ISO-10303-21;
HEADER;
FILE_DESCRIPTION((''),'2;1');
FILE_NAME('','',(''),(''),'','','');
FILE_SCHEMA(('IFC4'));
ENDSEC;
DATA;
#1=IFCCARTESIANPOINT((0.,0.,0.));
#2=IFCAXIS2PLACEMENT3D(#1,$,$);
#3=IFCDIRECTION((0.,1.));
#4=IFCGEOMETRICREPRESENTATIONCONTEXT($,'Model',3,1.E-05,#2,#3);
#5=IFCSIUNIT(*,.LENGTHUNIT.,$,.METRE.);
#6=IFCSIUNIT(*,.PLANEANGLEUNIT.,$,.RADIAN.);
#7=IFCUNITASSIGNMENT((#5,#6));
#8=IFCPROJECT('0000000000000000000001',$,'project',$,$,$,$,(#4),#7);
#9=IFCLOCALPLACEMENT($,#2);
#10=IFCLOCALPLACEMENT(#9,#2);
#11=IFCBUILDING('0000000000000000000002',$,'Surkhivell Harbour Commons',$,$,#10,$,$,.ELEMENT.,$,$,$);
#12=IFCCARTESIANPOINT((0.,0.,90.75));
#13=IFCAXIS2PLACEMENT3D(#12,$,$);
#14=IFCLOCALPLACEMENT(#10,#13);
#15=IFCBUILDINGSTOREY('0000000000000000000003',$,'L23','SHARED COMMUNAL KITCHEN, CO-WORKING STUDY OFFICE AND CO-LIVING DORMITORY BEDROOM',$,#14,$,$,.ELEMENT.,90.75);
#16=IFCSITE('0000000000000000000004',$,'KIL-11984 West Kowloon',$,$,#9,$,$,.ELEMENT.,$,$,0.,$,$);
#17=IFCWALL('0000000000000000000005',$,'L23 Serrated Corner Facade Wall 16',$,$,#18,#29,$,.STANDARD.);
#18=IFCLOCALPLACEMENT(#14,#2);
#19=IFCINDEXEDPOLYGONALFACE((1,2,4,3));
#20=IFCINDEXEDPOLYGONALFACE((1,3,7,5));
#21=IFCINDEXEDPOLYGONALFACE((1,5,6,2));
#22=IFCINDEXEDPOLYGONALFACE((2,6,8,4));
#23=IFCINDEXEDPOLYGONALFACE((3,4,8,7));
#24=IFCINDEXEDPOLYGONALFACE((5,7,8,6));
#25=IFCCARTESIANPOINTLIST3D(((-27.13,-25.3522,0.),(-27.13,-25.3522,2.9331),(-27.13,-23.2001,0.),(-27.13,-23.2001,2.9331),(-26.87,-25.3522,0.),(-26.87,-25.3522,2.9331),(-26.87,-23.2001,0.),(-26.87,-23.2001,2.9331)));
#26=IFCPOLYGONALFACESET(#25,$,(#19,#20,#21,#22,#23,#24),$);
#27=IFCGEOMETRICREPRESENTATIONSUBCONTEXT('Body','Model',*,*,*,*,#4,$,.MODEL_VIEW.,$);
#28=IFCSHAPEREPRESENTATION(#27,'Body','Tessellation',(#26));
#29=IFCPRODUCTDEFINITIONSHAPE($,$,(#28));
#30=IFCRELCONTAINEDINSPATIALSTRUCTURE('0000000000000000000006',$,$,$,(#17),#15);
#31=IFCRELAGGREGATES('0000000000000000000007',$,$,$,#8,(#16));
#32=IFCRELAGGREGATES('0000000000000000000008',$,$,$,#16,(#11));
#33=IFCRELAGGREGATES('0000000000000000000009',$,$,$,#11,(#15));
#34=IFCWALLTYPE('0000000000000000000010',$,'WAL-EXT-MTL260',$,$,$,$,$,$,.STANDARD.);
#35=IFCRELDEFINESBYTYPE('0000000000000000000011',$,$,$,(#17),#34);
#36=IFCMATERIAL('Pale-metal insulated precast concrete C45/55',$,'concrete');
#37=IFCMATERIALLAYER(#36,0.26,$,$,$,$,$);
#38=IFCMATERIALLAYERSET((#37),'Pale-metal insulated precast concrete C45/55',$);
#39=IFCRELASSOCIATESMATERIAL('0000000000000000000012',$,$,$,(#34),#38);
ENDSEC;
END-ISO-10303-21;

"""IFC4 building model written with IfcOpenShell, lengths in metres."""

from ifc_helpers import new_model, si_unit, direction, frame, frame_2d, origin, place, context, subcontext, project, spatial, rectangle, extrude, material, layer, layer_set, type_object, element, save


model = new_model("IFC4")

# Units and contexts
model_context = context("Model", 3, precision=1e-05, world=origin(), true_north=direction((0.0, 1.0)))
body_context = subcontext(model_context, "Body", "Model", "MODEL_VIEW")
ifc_project = project(units=[si_unit("LENGTHUNIT", "METRE"), si_unit("PLANEANGLEUNIT", "RADIAN")], contexts=[model_context])

# Site, building, storey
site_placement = place(None, origin())
site = spatial("IfcSite", under=ifc_project, at=site_placement, Name="KIL-11984 West Kowloon", CompositionType="ELEMENT", RefElevation=0.0)
building_placement = place(site_placement, origin())
building = spatial("IfcBuilding", under=site, at=building_placement, Name="Surkhivell Harbour Commons", CompositionType="ELEMENT")
storey_placement = place(building_placement, frame((0.0, 0.0, 90.75)))
storey = spatial("IfcBuildingStorey", under=building, at=storey_placement, Name="L23", Description="SHARED COMMUNAL KITCHEN, CO-WORKING STUDY OFFICE AND CO-LIVING DORMITORY BEDROOM", CompositionType="ELEMENT", Elevation=90.75)

# Wall
ifc_material_1 = material(Name="Pale-metal insulated precast concrete C45/55", Category="concrete")
ifc_layer_1 = layer(ifc_material_1, 0.26)
ifc_layer_set_1 = layer_set([ifc_layer_1], Name="Pale-metal insulated precast concrete C45/55")
wall_type = type_object("IfcWallType", Name="WAL-EXT-MTL260", PredefinedType="STANDARD", material=ifc_layer_set_1)
wall_1_placement = place(storey_placement, frame((-27.0, -23.2, 0.0), z_axis=(0.0, 0.0, 1.0), x_axis=(0.0, -1.0, 0.0)))
element("IfcWall", 1, at=wall_1_placement, inside=storey, type_object=wall_type, Name="L23 Serrated Corner Facade Wall 16", PredefinedType="STANDARD", context=body_context, shape_type="SweptSolid", body=[
    extrude(rectangle(XDim=2.1521, YDim=0.26, at=frame_2d((1.0762, 0.0))), origin(), (0.0, 0.0, 1.0), 2.9331),
])

save(model, "model.ifc")
